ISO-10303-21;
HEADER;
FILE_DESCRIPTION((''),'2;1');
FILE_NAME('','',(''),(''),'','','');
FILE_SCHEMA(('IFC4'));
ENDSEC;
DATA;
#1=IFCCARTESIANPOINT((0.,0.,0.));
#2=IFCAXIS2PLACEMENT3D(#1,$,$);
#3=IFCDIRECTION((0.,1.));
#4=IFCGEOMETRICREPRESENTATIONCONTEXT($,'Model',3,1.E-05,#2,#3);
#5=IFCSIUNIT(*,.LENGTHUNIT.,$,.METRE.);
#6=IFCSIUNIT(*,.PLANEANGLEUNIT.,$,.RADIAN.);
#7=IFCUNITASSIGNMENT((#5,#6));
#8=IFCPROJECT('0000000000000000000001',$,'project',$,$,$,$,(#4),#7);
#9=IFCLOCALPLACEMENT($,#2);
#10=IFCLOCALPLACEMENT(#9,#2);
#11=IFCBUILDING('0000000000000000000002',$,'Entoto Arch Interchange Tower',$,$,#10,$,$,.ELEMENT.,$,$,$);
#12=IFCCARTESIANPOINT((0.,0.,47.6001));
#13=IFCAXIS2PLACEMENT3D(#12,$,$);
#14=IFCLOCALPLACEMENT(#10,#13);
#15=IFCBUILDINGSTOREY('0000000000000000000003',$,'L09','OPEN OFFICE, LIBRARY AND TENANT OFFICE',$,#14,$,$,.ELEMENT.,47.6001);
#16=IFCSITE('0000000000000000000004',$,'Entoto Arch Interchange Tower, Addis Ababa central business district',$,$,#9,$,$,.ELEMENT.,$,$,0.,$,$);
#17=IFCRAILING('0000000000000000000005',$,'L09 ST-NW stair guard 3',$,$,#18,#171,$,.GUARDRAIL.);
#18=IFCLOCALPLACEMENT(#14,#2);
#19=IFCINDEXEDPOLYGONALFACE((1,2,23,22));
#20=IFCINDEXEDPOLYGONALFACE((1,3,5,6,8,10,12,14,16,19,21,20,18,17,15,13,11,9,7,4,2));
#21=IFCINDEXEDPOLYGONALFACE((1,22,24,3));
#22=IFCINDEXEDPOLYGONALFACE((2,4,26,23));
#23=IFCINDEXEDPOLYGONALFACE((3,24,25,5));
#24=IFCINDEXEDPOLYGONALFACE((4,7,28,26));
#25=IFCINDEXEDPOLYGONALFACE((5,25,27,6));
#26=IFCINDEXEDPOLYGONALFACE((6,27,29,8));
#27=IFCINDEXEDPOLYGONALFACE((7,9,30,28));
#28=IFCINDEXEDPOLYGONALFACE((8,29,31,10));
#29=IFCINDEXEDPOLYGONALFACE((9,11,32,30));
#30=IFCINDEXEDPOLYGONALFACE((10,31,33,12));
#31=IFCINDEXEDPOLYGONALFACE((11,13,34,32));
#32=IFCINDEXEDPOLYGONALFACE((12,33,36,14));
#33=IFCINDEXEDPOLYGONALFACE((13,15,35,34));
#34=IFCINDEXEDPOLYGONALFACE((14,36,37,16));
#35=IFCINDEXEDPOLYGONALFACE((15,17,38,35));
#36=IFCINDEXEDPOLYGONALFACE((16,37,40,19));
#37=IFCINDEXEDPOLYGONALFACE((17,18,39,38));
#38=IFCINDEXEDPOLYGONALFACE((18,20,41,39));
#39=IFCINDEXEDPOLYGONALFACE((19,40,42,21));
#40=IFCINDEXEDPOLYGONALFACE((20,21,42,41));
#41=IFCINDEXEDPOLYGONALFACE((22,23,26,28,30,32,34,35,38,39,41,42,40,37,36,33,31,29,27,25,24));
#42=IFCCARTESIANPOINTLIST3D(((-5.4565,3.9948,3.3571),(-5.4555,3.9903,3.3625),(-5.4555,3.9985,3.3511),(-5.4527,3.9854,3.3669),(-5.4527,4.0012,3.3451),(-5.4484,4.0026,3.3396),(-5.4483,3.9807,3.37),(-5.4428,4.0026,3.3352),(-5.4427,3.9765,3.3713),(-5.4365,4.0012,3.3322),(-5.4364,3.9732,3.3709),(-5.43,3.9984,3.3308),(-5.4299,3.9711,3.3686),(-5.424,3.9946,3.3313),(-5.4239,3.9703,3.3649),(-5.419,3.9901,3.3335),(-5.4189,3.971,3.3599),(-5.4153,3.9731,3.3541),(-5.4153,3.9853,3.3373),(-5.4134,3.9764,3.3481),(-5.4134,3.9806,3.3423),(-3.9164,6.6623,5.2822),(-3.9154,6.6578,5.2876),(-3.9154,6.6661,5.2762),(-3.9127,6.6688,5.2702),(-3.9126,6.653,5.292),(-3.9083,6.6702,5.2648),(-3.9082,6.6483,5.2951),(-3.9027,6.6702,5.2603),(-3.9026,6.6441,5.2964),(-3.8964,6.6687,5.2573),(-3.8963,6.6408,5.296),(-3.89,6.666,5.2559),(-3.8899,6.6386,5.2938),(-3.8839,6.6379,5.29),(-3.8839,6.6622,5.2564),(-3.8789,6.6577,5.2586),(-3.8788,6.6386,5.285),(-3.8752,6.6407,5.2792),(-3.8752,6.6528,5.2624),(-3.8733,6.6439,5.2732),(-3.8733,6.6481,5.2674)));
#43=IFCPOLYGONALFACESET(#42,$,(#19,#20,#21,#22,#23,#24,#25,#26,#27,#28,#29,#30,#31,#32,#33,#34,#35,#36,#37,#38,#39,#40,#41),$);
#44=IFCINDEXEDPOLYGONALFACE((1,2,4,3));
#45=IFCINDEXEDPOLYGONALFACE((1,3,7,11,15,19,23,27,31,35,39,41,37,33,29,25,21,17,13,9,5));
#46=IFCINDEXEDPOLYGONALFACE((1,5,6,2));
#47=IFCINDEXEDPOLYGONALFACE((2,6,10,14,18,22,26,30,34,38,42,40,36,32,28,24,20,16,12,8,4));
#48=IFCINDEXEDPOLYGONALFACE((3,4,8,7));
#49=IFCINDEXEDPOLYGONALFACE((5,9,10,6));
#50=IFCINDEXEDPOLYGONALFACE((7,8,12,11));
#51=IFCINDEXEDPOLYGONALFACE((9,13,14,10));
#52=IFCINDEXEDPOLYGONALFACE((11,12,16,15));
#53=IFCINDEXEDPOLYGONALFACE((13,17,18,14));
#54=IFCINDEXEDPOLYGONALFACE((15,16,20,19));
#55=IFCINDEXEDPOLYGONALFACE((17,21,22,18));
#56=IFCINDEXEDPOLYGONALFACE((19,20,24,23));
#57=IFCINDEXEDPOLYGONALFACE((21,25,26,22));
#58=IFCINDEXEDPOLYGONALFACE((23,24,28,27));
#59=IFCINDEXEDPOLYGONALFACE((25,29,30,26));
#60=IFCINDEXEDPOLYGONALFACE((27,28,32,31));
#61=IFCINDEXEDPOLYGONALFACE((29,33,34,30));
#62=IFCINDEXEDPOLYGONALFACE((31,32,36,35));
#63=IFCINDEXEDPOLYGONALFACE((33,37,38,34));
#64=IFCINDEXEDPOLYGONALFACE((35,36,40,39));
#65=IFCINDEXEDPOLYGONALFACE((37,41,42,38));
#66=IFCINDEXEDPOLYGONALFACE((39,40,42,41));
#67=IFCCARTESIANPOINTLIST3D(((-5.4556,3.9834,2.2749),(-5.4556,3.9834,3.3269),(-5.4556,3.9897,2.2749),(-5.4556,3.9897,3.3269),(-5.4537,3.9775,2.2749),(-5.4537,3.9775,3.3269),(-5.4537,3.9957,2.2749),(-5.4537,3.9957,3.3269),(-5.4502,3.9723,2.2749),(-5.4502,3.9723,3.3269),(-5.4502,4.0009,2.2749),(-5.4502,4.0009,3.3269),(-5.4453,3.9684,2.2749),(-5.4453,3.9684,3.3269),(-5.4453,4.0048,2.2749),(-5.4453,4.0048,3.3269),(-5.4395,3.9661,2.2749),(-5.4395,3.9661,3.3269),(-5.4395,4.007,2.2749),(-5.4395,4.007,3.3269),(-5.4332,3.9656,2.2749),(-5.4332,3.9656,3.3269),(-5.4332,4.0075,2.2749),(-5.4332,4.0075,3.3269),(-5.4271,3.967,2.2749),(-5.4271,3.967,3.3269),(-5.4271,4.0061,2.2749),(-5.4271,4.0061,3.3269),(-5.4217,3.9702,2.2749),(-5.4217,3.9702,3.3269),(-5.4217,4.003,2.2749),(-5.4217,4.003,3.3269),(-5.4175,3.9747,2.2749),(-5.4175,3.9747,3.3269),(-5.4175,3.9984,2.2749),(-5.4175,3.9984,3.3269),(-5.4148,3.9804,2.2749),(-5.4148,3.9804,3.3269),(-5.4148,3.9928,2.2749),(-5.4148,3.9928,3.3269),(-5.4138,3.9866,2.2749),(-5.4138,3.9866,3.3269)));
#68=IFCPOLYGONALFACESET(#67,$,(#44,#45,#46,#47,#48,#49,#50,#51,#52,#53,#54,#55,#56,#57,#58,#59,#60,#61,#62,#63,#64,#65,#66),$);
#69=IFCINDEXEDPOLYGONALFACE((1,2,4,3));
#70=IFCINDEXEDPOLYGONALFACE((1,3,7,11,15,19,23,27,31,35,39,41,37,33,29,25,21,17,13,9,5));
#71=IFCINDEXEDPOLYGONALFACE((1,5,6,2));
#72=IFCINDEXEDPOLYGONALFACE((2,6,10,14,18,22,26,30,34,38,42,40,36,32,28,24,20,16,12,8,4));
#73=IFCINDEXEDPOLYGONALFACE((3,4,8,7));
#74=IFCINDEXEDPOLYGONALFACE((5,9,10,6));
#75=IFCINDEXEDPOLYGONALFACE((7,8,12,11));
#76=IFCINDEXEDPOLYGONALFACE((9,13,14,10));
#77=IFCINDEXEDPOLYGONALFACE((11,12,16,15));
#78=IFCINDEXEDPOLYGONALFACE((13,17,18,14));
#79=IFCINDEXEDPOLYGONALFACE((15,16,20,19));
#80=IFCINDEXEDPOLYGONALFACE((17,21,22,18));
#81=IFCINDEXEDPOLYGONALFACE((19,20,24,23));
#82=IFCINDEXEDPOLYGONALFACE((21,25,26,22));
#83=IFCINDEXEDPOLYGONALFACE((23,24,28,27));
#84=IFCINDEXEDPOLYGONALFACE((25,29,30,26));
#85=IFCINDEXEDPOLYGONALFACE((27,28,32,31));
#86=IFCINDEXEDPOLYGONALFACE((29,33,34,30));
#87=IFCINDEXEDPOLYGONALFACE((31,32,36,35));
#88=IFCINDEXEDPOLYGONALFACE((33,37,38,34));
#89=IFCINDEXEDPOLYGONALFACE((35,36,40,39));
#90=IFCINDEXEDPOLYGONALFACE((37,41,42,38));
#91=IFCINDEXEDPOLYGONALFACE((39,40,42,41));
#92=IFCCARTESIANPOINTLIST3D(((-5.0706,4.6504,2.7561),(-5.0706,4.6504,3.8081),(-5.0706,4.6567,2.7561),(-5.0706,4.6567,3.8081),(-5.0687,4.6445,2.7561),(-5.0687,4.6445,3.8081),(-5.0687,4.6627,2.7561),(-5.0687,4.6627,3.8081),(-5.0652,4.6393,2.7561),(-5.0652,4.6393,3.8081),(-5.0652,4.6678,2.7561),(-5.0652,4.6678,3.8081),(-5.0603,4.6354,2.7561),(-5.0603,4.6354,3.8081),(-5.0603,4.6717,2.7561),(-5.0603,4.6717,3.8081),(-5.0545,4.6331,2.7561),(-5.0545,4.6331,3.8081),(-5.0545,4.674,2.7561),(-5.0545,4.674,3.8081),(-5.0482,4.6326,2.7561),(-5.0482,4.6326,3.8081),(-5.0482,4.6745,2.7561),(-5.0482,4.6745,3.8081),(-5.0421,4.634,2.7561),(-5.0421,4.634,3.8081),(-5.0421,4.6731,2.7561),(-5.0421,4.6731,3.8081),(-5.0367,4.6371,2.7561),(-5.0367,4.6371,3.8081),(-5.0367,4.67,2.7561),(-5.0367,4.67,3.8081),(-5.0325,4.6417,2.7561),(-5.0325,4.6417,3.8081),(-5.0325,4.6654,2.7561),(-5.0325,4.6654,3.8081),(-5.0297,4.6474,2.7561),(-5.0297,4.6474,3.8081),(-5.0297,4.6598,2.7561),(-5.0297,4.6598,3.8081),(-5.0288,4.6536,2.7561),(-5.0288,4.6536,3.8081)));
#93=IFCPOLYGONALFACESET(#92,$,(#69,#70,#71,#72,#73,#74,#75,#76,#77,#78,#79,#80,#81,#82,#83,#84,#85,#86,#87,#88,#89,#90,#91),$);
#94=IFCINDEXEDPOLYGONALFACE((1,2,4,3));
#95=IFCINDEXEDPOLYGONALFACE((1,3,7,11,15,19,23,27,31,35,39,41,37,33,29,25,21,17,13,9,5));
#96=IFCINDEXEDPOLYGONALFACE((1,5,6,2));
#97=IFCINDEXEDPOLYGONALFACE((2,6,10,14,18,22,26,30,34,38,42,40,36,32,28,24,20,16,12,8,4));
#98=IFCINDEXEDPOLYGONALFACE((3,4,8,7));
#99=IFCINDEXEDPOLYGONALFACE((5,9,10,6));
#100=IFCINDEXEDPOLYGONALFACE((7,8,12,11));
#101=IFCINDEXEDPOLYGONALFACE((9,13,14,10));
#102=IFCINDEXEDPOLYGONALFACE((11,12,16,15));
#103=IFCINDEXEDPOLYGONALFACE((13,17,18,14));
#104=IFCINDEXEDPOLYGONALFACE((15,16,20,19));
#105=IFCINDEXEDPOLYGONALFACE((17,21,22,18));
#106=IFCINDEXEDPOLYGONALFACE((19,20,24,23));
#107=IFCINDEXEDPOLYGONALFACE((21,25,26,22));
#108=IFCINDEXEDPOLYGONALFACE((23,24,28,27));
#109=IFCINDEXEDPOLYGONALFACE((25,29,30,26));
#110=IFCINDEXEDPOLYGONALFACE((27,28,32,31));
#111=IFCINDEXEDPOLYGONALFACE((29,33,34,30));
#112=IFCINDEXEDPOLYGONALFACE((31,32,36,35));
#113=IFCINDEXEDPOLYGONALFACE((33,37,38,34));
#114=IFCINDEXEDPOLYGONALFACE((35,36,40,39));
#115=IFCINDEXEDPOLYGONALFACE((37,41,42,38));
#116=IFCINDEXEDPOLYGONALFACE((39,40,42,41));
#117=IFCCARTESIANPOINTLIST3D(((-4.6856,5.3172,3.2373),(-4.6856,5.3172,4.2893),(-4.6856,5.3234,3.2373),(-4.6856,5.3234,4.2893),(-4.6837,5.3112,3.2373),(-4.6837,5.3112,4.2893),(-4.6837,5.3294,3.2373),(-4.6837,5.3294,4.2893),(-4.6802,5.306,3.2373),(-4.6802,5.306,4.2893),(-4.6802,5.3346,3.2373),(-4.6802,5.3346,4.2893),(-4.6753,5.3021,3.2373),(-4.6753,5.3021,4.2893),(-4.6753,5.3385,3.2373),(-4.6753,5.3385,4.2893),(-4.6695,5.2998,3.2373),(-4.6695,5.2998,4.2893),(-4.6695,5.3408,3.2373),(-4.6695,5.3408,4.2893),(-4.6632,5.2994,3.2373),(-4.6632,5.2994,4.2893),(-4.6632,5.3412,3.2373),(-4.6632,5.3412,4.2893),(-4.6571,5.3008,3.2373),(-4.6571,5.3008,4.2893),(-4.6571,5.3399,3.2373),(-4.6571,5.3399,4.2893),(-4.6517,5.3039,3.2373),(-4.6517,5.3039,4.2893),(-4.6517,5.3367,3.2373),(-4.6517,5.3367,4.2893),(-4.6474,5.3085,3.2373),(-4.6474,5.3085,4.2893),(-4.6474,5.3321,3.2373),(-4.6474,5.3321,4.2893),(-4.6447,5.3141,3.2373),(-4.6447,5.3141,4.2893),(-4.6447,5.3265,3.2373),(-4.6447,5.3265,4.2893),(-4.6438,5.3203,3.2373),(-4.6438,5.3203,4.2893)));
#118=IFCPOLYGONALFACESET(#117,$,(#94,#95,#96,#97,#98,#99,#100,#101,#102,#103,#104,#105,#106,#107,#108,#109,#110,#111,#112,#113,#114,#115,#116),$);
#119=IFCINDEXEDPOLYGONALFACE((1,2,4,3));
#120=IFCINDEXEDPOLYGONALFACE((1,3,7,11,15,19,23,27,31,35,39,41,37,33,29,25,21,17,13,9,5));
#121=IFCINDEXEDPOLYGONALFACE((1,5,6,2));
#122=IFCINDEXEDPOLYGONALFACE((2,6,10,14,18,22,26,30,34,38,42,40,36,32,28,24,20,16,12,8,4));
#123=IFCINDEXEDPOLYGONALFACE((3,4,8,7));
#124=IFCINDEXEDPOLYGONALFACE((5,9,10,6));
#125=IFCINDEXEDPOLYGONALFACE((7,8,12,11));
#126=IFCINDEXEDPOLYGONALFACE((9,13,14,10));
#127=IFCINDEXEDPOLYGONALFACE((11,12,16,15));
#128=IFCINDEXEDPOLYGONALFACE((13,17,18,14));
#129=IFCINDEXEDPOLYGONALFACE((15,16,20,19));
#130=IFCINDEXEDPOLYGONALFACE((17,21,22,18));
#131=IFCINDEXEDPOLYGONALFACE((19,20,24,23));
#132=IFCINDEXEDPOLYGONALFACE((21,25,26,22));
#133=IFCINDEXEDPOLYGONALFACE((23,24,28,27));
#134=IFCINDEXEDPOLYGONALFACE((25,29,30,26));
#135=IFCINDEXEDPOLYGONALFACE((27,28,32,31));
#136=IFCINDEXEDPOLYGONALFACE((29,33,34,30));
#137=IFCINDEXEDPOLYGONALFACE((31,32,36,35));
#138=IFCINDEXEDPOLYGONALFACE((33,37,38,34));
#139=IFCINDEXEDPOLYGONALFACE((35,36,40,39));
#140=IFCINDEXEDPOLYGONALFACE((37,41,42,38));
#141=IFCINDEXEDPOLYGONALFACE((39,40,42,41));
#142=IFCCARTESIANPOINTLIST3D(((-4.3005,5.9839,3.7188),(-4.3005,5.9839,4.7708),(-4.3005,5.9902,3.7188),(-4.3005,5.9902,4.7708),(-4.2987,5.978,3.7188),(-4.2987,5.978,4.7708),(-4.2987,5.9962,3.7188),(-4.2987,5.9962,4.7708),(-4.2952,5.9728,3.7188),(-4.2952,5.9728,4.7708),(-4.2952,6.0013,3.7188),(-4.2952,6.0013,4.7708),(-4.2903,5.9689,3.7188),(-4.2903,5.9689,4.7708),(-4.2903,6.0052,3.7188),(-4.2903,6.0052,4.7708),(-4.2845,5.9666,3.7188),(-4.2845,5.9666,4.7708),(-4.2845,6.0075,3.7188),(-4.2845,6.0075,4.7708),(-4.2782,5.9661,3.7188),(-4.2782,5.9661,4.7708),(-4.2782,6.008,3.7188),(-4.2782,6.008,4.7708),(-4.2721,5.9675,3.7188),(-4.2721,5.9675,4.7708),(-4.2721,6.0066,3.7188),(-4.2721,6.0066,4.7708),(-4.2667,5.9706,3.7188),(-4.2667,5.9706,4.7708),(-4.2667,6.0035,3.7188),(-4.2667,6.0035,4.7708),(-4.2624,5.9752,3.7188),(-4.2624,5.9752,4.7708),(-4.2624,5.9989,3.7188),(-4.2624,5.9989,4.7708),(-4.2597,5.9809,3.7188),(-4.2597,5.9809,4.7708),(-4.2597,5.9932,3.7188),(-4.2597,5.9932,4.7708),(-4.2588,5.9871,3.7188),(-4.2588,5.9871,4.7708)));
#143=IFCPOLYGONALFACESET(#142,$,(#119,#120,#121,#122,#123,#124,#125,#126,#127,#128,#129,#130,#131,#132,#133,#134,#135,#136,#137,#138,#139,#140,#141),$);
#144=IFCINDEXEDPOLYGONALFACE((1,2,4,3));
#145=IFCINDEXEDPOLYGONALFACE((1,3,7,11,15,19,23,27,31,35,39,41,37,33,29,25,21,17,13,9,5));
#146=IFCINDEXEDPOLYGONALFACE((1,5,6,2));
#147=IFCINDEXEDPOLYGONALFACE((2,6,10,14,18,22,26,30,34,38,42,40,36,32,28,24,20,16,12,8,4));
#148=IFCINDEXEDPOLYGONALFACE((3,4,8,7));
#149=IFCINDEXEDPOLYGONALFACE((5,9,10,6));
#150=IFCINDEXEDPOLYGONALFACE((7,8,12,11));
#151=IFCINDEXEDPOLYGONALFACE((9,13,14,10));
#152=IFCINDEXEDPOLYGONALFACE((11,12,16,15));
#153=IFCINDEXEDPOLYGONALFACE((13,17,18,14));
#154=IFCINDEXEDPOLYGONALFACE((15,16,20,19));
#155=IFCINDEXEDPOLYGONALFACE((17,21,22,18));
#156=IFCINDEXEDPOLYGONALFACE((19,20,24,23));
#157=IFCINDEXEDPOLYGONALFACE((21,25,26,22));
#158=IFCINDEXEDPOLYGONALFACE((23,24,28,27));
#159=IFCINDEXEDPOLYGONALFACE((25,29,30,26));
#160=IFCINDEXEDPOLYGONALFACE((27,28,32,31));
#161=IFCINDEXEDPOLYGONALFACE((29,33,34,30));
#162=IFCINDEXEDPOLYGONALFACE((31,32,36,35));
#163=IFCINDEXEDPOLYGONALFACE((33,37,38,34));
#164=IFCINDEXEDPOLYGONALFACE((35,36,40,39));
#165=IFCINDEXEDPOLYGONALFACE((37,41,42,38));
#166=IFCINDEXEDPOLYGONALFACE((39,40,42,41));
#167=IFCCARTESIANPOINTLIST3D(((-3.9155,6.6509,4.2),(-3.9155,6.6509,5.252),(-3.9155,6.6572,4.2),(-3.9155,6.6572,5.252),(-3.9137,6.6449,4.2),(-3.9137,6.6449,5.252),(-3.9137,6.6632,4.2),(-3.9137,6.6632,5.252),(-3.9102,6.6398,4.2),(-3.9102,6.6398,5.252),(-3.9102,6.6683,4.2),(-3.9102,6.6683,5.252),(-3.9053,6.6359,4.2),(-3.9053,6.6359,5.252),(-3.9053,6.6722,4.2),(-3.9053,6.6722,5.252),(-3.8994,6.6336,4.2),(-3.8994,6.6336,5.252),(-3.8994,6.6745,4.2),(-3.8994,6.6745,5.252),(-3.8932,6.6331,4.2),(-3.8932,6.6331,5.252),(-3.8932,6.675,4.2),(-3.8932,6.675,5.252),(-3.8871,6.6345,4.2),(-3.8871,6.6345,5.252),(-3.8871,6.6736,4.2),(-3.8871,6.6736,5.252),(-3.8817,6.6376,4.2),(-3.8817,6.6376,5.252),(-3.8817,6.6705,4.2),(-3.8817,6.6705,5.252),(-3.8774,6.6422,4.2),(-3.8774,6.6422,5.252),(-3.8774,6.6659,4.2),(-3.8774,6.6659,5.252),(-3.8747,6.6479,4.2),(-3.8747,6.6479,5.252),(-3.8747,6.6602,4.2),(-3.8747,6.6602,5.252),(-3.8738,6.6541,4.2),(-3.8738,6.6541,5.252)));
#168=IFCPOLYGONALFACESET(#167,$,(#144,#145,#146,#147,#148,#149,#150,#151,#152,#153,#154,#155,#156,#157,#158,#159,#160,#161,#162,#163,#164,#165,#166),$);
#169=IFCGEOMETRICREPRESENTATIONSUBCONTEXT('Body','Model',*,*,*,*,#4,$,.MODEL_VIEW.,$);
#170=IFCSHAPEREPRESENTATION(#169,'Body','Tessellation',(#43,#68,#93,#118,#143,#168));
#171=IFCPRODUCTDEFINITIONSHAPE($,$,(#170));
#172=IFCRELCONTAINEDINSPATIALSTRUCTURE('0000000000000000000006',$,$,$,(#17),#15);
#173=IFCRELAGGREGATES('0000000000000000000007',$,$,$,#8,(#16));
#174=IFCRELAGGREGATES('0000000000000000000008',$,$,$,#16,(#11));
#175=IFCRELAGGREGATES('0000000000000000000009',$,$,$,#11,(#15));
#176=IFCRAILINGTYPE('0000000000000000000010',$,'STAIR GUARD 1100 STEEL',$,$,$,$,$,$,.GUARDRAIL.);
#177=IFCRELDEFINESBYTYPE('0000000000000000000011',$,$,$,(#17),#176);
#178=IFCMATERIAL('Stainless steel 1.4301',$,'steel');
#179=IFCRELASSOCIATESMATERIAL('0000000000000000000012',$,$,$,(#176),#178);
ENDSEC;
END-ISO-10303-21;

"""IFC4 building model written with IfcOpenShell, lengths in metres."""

from ifc_helpers import new_model, si_unit, direction, frame, origin, origin_2d, place, context, subcontext, project, spatial, circle, extrude, material, type_object, element, save


model = new_model("IFC4")

# Units and contexts
model_context = context("Model", 3, precision=1e-05, world=origin(), true_north=direction((0.0, 1.0)))
body_context = subcontext(model_context, "Body", "Model", "MODEL_VIEW")
ifc_project = project(units=[si_unit("LENGTHUNIT", "METRE"), si_unit("PLANEANGLEUNIT", "RADIAN")], contexts=[model_context])

# Site, building, storey
site_placement = place(None, origin())
site = spatial("IfcSite", under=ifc_project, at=site_placement, Name="Entoto Arch Interchange Tower, Addis Ababa central business district", CompositionType="ELEMENT", RefElevation=0.0)
building_placement = place(site_placement, origin())
building = spatial("IfcBuilding", under=site, at=building_placement, Name="Entoto Arch Interchange Tower", CompositionType="ELEMENT")
storey_placement = place(building_placement, frame((0.0, 0.0, 47.6001)))
storey = spatial("IfcBuildingStorey", under=building, at=storey_placement, Name="L09", Description="OPEN OFFICE, LIBRARY AND TENANT OFFICE", CompositionType="ELEMENT", Elevation=47.6001)

# Railing
ifc_material_1 = material(Name="Stainless steel 1.4301", Category="steel")
railing_type_1 = type_object("IfcRailingType", Name="STAIR GUARD 1100 STEEL", PredefinedType="GUARDRAIL", material=ifc_material_1)
railing_1_placement = place(storey_placement, frame((-5.4348, 3.9866, 2.2749)))
element("IfcRailing", 1, at=railing_1_placement, inside=storey, type_object=railing_type_1, Name="L09 ST-NW stair guard 3", PredefinedType="GUARDRAIL", context=body_context, shape_type="SweptSolid", body=[
    extrude(circle(Radius=0.0239, at=origin_2d()), frame((0.0, 0.0, 1.0762), z_axis=(0.423994, 0.734395, 0.529993), x_axis=(-0.86603, 0.499992, 0.0)), (0.0, 0.0, 1.0), 3.6323),
    extrude(circle(Radius=0.021, at=origin_2d()), origin(), (0.0, 0.0, 1.0), 1.052),
    extrude(circle(Radius=0.021, at=origin_2d()), frame((0.385, 0.667, 0.4812)), (0.0, 0.0, 1.0), 1.052),
    extrude(circle(Radius=0.021, at=origin_2d()), frame((0.77, 1.3337, 0.9624)), (0.0, 0.0, 1.0), 1.052),
    extrude(circle(Radius=0.021, at=origin_2d()), frame((1.155, 2.0005, 1.4438)), (0.0, 0.0, 1.0), 1.052),
    extrude(circle(Radius=0.021, at=origin_2d()), frame((1.54, 2.6675, 1.925)), (0.0, 0.0, 1.0), 1.052),
])

save(model, "model.ifc")
